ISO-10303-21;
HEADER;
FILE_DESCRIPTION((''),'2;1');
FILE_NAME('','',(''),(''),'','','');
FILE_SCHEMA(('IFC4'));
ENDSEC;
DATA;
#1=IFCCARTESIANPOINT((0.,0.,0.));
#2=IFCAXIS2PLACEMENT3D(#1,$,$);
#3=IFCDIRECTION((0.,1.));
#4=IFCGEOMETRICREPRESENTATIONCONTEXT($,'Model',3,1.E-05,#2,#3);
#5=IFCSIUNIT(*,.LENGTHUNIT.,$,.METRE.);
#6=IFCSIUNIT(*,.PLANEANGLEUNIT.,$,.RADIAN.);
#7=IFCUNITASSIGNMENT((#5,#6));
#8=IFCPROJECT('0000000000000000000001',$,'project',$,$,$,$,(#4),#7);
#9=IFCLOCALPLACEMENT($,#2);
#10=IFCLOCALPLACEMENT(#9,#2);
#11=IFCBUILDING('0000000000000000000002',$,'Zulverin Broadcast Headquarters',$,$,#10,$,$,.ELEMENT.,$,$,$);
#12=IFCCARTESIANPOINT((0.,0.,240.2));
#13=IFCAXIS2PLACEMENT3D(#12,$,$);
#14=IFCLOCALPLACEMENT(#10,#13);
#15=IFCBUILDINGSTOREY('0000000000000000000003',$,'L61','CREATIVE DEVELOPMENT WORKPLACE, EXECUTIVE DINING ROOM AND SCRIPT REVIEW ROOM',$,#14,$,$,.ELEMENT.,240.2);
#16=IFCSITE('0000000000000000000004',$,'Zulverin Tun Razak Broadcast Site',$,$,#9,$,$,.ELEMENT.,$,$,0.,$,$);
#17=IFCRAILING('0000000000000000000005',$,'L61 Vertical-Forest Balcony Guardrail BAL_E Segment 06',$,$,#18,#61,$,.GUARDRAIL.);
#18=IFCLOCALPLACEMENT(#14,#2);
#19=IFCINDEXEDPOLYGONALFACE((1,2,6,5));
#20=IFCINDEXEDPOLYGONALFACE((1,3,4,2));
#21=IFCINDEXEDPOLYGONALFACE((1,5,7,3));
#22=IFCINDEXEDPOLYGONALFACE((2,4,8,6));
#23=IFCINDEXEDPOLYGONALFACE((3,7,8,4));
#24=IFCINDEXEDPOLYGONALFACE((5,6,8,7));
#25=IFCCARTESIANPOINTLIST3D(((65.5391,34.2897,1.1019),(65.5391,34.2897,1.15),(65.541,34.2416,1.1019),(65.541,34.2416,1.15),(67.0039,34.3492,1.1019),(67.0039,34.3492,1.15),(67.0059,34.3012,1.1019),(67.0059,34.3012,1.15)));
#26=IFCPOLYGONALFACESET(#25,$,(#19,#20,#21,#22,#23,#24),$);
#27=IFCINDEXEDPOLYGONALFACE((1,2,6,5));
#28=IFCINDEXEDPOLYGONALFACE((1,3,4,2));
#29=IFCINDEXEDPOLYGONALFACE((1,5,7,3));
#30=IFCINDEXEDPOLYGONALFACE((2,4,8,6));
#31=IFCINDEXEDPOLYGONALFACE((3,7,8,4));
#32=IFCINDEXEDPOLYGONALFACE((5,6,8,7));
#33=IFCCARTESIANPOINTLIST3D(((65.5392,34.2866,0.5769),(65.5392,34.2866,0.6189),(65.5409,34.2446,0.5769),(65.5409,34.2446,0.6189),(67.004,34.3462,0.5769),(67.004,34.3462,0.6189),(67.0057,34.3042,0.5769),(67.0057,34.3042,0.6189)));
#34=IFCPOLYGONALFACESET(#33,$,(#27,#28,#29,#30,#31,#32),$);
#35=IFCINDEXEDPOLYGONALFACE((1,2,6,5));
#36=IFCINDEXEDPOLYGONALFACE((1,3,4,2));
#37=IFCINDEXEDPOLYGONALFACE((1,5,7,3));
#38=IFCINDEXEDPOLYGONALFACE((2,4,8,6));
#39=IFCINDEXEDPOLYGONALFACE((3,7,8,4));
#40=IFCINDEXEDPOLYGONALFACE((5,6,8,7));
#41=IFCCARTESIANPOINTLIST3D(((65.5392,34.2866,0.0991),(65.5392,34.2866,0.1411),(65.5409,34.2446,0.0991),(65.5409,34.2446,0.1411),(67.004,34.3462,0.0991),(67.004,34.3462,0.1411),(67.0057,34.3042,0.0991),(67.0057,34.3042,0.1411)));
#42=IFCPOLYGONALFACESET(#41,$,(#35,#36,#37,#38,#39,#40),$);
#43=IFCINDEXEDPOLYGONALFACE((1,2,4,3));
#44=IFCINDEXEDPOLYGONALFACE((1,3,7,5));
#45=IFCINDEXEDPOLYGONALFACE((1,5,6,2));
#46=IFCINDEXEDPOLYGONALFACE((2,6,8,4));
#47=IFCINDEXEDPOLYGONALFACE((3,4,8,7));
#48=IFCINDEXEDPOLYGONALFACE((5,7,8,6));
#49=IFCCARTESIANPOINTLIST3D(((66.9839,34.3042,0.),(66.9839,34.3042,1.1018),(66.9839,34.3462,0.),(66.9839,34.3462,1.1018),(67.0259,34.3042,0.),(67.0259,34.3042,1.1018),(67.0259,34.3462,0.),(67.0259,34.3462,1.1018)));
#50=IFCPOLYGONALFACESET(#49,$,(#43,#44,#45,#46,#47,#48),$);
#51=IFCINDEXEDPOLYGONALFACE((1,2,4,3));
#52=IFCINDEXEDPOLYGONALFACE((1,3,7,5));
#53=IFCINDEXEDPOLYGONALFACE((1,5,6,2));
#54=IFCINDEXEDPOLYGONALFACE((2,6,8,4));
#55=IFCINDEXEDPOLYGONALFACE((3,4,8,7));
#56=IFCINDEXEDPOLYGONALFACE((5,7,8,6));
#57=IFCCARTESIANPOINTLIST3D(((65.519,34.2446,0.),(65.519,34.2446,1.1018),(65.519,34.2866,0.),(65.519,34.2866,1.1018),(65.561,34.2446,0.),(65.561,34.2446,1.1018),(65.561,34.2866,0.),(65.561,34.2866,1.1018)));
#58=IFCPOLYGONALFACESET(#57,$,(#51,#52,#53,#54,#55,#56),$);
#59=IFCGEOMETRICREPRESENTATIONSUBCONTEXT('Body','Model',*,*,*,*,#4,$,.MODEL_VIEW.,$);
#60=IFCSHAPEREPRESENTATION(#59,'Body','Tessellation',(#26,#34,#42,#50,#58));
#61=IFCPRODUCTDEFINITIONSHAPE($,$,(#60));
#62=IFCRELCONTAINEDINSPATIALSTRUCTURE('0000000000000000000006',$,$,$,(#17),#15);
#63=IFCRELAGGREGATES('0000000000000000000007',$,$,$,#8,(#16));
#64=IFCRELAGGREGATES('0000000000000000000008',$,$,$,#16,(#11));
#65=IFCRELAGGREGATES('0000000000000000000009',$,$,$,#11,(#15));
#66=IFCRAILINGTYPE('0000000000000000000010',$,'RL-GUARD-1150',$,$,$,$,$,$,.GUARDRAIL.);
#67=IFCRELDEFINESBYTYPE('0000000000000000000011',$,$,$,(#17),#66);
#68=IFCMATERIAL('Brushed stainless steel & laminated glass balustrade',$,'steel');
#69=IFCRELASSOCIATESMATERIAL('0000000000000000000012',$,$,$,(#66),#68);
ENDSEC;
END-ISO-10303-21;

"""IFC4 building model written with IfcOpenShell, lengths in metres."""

from ifc_helpers import new_model, si_unit, direction, frame, origin, origin_2d, place, context, subcontext, project, spatial, rectangle, extrude, material, type_object, element, save


model = new_model("IFC4")

# Units and contexts
model_context = context("Model", 3, precision=1e-05, world=origin(), true_north=direction((0.0, 1.0)))
body_context = subcontext(model_context, "Body", "Model", "MODEL_VIEW")
ifc_project = project(units=[si_unit("LENGTHUNIT", "METRE"), si_unit("PLANEANGLEUNIT", "RADIAN")], contexts=[model_context])

# Site, building, storey
site_placement = place(None, origin())
site = spatial("IfcSite", under=ifc_project, at=site_placement, Name="Zulverin Tun Razak Broadcast Site", CompositionType="ELEMENT", RefElevation=0.0)
building_placement = place(site_placement, origin())
building = spatial("IfcBuilding", under=site, at=building_placement, Name="Zulverin Broadcast Headquarters", CompositionType="ELEMENT")
storey_placement = place(building_placement, frame((0.0, 0.0, 240.2)))
storey = spatial("IfcBuildingStorey", under=building, at=storey_placement, Name="L61", Description="CREATIVE DEVELOPMENT WORKPLACE, EXECUTIVE DINING ROOM AND SCRIPT REVIEW ROOM", CompositionType="ELEMENT", Elevation=240.2)

# Railing
ifc_material_1 = material(Name="Brushed stainless steel & laminated glass balustrade", Category="steel")
railing_type = type_object("IfcRailingType", Name="RL-GUARD-1150", PredefinedType="GUARDRAIL", material=ifc_material_1)
railing_1_placement = place(storey_placement, frame((67.0049, 34.3252, 0.0)))
element("IfcRailing", 1, at=railing_1_placement, inside=storey, type_object=railing_type, Name="L61 Vertical-Forest Balcony Guardrail BAL_E Segment 06", PredefinedType="GUARDRAIL", context=body_context, shape_type="SweptSolid", body=[
    extrude(rectangle(XDim=0.0481, YDim=0.0481, at=origin_2d()), frame((0.0, 0.0, 1.126), z_axis=(-0.999174, -0.040633, 0.0), x_axis=(0.040633, -0.999174, 0.0)), (0.0, 0.0, 1.0), 1.4661),
    extrude(rectangle(XDim=0.042, YDim=0.042, at=origin_2d()), frame((0.0, 0.0, 0.5979), z_axis=(-0.999174, -0.040633, 0.0), x_axis=(0.040633, -0.999174, 0.0)), (0.0, 0.0, 1.0), 1.4661),
    extrude(rectangle(XDim=0.042, YDim=0.042, at=origin_2d()), frame((0.0, 0.0, 0.1201), z_axis=(-0.999174, -0.040633, 0.0), x_axis=(0.040633, -0.999174, 0.0)), (0.0, 0.0, 1.0), 1.4661),
    extrude(rectangle(XDim=0.042, YDim=0.042, at=origin_2d()), origin(), (0.0, 0.0, 1.0), 1.1018),
    extrude(rectangle(XDim=0.042, YDim=0.042, at=origin_2d()), frame((-1.4648, -0.0596, 0.0)), (0.0, 0.0, 1.0), 1.1018),
])

save(model, "model.ifc")
